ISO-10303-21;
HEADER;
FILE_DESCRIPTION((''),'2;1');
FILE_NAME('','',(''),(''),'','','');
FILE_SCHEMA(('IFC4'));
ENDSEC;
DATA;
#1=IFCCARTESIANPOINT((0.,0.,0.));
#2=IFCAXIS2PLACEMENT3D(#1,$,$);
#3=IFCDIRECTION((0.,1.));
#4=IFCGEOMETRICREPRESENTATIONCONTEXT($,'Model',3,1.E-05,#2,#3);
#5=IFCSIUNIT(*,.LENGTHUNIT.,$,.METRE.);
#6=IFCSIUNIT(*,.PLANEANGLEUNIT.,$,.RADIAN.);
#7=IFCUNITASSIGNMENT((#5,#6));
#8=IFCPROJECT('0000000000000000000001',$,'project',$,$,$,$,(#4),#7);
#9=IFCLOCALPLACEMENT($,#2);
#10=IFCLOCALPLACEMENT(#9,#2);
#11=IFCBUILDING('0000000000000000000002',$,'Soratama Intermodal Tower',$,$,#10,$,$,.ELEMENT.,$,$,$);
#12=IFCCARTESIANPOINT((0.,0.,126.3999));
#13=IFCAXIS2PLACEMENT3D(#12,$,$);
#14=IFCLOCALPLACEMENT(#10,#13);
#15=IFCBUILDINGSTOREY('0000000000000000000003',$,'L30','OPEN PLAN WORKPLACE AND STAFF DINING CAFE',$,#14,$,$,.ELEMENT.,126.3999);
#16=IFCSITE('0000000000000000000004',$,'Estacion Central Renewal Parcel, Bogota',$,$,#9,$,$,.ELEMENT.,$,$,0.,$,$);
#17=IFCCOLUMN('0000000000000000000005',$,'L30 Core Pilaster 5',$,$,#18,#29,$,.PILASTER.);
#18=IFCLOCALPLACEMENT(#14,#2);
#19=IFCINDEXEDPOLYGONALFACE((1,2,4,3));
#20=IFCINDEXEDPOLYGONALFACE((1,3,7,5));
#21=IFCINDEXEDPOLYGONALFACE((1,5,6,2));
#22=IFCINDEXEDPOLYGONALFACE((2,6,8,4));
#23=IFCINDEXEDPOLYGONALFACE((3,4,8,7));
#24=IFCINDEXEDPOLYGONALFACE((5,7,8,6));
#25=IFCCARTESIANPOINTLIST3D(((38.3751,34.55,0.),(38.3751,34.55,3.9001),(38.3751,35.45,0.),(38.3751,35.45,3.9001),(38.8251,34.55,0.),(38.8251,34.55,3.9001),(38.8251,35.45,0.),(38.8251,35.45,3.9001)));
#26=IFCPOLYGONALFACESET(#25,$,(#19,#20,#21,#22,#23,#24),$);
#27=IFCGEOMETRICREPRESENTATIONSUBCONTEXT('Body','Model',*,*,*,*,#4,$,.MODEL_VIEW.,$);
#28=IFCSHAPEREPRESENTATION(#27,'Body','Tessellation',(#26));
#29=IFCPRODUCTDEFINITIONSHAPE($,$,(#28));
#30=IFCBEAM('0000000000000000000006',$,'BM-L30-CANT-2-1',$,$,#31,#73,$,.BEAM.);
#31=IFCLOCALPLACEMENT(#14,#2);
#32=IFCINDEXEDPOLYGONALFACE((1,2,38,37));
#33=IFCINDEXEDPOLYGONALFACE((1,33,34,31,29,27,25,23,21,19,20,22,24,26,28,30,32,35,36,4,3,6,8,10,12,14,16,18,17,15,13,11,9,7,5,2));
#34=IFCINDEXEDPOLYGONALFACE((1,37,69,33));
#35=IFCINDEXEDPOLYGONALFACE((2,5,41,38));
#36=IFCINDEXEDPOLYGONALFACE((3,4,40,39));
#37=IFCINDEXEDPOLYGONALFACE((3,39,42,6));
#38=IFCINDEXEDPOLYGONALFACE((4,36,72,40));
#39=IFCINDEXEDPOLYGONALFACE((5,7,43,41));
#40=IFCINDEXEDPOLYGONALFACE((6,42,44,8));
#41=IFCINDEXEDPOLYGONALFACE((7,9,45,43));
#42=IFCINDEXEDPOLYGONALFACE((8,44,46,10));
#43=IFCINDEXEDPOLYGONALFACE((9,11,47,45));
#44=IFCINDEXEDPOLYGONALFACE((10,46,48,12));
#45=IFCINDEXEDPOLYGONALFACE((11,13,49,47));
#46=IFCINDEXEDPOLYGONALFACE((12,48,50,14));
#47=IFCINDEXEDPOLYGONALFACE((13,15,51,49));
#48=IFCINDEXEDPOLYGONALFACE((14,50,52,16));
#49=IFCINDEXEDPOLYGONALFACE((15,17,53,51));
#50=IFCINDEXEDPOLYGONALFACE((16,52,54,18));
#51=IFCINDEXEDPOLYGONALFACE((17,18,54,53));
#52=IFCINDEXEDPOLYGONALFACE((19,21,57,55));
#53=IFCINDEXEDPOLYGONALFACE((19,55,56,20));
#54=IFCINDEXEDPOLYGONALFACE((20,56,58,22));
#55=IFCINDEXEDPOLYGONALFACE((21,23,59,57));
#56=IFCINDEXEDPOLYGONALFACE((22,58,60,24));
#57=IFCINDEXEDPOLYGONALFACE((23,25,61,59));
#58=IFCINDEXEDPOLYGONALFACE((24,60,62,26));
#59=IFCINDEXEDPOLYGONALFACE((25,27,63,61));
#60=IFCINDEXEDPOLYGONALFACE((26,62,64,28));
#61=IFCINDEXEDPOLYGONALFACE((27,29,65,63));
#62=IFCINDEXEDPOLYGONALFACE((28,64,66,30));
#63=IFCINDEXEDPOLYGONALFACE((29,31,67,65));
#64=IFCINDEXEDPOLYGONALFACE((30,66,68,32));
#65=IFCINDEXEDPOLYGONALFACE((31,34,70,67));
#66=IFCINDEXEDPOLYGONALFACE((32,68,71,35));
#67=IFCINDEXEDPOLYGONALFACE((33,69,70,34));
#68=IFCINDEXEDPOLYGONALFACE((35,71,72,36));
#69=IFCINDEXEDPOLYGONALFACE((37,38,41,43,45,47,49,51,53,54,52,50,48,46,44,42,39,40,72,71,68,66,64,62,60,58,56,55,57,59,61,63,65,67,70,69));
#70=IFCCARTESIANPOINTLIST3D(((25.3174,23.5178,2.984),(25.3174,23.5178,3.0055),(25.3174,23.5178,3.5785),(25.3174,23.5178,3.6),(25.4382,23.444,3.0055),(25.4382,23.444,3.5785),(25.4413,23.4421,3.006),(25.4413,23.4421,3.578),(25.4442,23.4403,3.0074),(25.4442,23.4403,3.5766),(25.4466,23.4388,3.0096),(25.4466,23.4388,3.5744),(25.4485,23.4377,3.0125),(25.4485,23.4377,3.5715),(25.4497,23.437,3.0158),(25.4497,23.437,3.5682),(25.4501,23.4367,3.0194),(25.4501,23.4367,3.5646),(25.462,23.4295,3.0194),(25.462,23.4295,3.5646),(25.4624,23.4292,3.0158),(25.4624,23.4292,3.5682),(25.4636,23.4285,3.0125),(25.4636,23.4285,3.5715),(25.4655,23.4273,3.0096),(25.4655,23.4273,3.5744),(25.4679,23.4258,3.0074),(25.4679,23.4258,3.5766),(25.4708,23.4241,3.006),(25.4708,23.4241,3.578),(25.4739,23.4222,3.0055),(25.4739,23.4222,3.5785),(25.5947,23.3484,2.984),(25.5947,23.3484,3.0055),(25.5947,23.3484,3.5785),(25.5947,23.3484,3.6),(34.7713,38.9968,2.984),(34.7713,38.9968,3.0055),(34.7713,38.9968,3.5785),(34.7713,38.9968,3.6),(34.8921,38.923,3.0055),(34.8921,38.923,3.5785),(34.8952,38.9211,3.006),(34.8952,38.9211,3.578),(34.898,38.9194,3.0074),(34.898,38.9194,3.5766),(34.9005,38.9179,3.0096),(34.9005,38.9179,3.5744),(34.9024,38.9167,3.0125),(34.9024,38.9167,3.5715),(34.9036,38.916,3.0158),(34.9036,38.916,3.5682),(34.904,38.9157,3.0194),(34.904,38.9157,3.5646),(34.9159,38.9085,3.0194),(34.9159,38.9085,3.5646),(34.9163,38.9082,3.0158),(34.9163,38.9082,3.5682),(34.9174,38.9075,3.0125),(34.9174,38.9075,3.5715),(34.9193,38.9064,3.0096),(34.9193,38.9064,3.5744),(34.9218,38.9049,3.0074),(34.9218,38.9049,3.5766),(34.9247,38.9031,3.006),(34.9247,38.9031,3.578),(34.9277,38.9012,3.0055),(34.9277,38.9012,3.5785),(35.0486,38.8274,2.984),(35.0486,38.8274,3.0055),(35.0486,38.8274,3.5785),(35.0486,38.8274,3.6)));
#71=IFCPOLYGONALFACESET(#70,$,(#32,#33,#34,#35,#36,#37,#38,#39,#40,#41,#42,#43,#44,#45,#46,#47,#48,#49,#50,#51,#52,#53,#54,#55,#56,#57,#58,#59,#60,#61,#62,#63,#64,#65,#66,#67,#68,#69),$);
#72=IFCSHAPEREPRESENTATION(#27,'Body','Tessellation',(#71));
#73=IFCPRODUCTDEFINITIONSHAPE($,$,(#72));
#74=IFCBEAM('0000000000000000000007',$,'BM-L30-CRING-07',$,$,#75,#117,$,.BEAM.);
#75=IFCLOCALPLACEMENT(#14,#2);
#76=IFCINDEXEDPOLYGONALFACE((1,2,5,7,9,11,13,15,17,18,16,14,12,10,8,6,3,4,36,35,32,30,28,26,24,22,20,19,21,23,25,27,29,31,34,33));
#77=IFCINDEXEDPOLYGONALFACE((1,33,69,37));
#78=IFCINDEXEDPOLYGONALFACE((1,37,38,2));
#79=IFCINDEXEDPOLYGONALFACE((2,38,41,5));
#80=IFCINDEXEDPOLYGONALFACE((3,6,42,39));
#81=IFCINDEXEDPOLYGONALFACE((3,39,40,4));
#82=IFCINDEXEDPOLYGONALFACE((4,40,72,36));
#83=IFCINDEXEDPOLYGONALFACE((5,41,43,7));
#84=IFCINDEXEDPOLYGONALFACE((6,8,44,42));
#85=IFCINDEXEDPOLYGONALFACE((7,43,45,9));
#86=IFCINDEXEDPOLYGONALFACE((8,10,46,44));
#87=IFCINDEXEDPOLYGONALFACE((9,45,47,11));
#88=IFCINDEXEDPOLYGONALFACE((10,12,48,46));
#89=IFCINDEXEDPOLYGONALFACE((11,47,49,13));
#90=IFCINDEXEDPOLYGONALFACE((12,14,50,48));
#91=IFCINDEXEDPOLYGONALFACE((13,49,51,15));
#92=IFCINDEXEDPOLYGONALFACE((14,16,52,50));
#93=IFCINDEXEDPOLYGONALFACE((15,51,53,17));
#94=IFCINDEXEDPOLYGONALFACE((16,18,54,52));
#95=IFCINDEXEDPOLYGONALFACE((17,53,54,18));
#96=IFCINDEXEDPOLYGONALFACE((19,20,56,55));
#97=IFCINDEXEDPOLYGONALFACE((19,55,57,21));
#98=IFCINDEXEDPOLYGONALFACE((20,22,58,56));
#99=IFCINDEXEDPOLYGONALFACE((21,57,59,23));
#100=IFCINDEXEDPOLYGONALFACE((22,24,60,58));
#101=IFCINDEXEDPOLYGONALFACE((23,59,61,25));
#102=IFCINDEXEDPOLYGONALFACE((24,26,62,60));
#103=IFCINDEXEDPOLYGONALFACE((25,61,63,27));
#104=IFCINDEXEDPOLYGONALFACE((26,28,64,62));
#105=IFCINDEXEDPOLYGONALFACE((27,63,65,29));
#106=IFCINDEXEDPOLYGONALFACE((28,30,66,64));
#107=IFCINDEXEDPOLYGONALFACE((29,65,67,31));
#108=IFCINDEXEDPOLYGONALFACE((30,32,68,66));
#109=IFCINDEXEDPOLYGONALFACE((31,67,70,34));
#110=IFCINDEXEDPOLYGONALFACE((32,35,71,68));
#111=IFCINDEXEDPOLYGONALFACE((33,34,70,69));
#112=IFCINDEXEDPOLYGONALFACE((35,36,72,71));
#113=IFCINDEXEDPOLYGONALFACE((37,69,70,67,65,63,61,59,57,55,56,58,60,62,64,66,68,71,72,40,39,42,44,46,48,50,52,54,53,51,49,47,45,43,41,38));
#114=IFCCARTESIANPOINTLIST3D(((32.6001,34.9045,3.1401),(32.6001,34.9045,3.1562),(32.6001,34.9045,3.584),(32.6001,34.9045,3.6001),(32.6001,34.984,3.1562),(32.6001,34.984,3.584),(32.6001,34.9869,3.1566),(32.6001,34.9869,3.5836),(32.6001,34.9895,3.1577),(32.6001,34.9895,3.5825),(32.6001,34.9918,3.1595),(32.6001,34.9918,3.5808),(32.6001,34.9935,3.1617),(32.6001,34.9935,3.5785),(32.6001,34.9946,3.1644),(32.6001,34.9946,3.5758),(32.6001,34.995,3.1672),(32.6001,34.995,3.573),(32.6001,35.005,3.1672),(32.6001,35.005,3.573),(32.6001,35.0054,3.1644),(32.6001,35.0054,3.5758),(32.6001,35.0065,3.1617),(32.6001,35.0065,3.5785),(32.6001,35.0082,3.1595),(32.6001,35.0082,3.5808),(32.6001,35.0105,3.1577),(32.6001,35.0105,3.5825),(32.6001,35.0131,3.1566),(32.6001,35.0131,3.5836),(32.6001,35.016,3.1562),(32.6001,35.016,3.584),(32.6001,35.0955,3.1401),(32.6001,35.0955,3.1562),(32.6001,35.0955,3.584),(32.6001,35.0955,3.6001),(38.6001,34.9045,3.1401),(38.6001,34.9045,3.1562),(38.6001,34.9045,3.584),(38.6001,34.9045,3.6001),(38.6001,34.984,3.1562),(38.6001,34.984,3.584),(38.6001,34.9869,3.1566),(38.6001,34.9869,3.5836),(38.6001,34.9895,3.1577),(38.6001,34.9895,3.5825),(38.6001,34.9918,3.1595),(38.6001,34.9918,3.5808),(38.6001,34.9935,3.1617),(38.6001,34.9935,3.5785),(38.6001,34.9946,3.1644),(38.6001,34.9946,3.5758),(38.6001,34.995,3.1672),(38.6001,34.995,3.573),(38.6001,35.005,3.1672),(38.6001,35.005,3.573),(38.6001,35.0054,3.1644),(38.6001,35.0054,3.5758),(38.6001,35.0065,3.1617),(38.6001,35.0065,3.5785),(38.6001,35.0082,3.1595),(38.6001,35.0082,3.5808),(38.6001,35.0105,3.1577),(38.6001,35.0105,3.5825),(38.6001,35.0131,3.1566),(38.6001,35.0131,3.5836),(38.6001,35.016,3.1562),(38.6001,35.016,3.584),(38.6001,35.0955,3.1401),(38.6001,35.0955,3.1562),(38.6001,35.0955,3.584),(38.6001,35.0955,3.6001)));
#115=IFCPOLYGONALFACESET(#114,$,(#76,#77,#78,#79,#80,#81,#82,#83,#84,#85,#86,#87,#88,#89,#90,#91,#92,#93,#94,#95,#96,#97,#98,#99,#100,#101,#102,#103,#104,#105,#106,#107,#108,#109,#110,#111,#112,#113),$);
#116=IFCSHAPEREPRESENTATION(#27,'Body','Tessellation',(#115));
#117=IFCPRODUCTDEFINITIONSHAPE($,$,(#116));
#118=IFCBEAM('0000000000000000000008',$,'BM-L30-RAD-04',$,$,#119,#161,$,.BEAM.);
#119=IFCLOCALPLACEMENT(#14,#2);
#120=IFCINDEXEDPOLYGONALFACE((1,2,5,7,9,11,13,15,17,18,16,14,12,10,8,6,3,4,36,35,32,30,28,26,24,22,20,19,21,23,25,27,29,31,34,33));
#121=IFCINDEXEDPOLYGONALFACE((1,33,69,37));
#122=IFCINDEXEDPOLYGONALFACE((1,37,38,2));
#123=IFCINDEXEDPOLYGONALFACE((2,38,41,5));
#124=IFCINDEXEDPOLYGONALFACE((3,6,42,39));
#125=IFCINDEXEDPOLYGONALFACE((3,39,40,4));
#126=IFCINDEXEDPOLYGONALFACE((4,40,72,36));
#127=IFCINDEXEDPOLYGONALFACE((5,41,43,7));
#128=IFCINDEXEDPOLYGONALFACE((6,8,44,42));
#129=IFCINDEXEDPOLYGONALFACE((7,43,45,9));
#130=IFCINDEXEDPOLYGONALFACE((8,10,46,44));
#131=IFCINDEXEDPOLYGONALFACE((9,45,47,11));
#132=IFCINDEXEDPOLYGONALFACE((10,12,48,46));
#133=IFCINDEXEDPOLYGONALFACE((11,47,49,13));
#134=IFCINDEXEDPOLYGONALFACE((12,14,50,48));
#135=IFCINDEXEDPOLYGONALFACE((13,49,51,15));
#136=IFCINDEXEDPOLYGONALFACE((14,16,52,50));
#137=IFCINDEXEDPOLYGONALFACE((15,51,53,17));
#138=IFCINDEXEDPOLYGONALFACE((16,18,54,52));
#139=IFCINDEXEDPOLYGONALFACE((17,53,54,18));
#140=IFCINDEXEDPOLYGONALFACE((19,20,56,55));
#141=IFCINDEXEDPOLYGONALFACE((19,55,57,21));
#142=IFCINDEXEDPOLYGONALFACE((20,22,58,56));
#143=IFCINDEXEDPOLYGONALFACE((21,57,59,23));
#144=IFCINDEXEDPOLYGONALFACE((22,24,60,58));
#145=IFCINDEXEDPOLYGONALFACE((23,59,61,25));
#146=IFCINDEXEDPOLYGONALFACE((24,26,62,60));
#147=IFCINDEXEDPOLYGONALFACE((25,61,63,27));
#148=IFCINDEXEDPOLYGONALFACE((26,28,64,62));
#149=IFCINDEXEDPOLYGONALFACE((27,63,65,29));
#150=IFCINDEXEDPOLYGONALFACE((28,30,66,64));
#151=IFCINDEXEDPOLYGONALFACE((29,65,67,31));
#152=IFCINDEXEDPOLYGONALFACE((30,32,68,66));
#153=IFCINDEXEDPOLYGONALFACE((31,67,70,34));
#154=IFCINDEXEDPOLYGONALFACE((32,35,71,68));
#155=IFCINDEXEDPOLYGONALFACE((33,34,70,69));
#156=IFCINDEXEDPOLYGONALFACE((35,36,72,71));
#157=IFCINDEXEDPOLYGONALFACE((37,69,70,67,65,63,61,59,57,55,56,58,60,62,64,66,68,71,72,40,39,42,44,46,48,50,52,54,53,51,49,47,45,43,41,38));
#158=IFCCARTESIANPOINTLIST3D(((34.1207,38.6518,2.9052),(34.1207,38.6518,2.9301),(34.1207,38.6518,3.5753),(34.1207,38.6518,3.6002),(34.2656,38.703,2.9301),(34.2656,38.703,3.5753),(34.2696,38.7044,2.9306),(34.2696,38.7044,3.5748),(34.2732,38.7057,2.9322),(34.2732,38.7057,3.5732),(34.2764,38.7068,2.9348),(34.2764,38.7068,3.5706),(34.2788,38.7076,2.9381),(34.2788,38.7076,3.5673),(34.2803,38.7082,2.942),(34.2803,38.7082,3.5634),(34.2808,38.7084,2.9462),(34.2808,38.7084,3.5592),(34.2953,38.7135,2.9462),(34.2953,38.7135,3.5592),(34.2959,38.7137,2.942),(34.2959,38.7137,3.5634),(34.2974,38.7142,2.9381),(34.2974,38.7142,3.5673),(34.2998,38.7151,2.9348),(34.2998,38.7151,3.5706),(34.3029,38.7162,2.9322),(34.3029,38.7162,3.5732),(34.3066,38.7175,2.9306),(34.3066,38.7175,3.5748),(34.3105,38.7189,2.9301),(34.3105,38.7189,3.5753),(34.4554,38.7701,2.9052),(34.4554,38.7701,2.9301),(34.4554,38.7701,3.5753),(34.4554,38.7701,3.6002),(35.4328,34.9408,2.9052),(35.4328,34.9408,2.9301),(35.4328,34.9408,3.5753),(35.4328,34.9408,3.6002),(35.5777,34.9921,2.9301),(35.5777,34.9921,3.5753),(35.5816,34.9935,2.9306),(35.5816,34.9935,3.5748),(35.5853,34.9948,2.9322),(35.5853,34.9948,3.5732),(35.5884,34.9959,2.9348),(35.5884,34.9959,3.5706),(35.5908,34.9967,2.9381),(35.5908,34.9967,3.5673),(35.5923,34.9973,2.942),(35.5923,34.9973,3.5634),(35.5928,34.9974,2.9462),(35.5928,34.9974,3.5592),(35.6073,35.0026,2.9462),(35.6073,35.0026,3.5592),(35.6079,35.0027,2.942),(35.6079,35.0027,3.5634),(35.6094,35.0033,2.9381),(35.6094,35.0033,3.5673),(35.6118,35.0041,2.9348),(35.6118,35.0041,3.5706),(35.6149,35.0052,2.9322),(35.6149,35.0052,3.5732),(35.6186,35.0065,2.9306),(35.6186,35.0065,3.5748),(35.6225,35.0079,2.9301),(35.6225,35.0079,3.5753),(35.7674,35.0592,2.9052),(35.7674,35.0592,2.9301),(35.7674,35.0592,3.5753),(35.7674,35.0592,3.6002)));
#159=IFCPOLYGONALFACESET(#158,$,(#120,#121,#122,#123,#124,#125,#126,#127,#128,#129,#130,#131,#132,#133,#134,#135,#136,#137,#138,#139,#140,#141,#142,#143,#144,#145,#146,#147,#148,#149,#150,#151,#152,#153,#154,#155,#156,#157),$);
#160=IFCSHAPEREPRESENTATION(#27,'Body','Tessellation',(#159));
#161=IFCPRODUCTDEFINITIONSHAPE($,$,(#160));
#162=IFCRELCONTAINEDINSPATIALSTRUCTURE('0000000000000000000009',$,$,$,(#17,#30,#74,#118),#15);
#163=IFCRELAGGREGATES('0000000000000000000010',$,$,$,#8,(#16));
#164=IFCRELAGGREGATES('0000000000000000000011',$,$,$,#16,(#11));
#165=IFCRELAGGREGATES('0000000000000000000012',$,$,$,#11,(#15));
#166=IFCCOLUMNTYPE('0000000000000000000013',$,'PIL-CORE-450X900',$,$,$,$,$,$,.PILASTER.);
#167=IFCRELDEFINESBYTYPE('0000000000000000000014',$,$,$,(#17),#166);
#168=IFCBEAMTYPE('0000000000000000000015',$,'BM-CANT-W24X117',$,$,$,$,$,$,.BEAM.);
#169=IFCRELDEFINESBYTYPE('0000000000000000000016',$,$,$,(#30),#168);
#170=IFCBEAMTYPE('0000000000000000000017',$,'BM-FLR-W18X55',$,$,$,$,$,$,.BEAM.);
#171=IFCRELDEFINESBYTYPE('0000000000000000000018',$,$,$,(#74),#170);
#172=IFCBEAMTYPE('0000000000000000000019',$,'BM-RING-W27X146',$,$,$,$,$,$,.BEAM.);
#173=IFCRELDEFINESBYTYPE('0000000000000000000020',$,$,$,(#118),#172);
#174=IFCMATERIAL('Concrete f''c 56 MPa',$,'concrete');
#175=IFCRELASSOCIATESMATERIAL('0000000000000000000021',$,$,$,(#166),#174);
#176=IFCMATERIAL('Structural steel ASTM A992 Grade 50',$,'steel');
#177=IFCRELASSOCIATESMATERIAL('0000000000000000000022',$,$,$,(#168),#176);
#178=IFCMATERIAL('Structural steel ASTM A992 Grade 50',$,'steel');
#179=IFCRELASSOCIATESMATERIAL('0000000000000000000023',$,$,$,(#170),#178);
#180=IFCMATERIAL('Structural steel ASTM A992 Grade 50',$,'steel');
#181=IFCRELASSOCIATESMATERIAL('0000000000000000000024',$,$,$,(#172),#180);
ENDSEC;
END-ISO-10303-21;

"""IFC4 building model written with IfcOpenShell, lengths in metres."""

from ifc_helpers import new_model, si_unit, direction, frame, origin, origin_2d, place, context, subcontext, project, spatial, rectangle, i_section, extrude, material, material_profile, profile_set, type_object, element, save


model = new_model("IFC4")

# Units and contexts
model_context = context("Model", 3, precision=1e-05, world=origin(), true_north=direction((0.0, 1.0)))
body_context = subcontext(model_context, "Body", "Model", "MODEL_VIEW")
ifc_project = project(units=[si_unit("LENGTHUNIT", "METRE"), si_unit("PLANEANGLEUNIT", "RADIAN")], contexts=[model_context])

# Site, building, storey
site_placement = place(None, origin())
site = spatial("IfcSite", under=ifc_project, at=site_placement, Name="Estacion Central Renewal Parcel, Bogota", CompositionType="ELEMENT", RefElevation=0.0)
building_placement = place(site_placement, origin())
building = spatial("IfcBuilding", under=site, at=building_placement, Name="Soratama Intermodal Tower", CompositionType="ELEMENT")
storey_placement = place(building_placement, frame((0.0, 0.0, 126.3999)))
storey = spatial("IfcBuildingStorey", under=building, at=storey_placement, Name="L30", Description="OPEN PLAN WORKPLACE AND STAFF DINING CAFE", CompositionType="ELEMENT", Elevation=126.3999)

# Column
ifc_material_1 = material(Name="Concrete f'c 56 MPa", Category="concrete")
ifc_material_profile_1 = material_profile(ifc_material_1, rectangle(XDim=0.45, YDim=0.8999, at=origin_2d()), Name="RC450X900")
ifc_profile_set_1 = profile_set([ifc_material_profile_1], Name="Concrete f'c 56 MPa")
column_type = type_object("IfcColumnType", Name="PIL-CORE-450X900", PredefinedType="PILASTER", material=ifc_profile_set_1)
column_placement = place(storey_placement, frame((38.6001, 35.0, 0.0), z_axis=(0.0, 0.0, 1.0), x_axis=(1.0, 0.0, 0.0)))
element("IfcColumn", 1, at=column_placement, inside=storey, type_object=column_type, Name="L30 Core Pilaster 5", PredefinedType="PILASTER", context=body_context, shape_type="SweptSolid", body=[
    extrude(rectangle(XDim=0.45, YDim=0.8999, at=origin_2d()), origin(), (0.0, 0.0, 1.0), 3.9001),
])

# Beams
ifc_material_2 = material(Name="Structural steel ASTM A992 Grade 50", Category="steel")
ifc_material_profile_2 = material_profile(ifc_material_2, i_section(OverallWidth=0.325, OverallDepth=0.616, WebThickness=0.0139, FlangeThickness=0.0215, FilletRadius=0.0139, at=origin_2d()), Name="W24X117")
ifc_profile_set_2 = profile_set([ifc_material_profile_2], Name="Structural steel ASTM A992 Grade 50")
beam_type_1 = type_object("IfcBeamType", Name="BM-CANT-W24X117", PredefinedType="BEAM", material=ifc_profile_set_2)
beam_1_placement = place(storey_placement, frame((34.9099, 38.9121, 3.292), z_axis=(-0.521228, -0.853418, 0.0), x_axis=(0.853418, -0.521228, 0.0)))
element("IfcBeam", 2, at=beam_1_placement, inside=storey, type_object=beam_type_1, Name="BM-L30-CANT-2-1", PredefinedType="BEAM", context=body_context, shape_type="SweptSolid", body=[
    extrude(i_section(OverallWidth=0.325, OverallDepth=0.616, WebThickness=0.0139, FlangeThickness=0.0215, FilletRadius=0.0139, at=origin_2d()), origin(), (0.0, 0.0, 1.0), 18.1377),
])
ifc_material_3 = material(Name="Structural steel ASTM A992 Grade 50", Category="steel")
ifc_material_profile_3 = material_profile(ifc_material_3, i_section(OverallWidth=0.1909, OverallDepth=0.46, WebThickness=0.01, FlangeThickness=0.0161, FilletRadius=0.011, at=origin_2d()), Name="W18X55")
ifc_profile_set_3 = profile_set([ifc_material_profile_3], Name="Structural steel ASTM A992 Grade 50")
beam_type_2 = type_object("IfcBeamType", Name="BM-FLR-W18X55", PredefinedType="BEAM", material=ifc_profile_set_3)
beam_2_placement = place(storey_placement, frame((38.6001, 35.0, 3.3701), z_axis=(-1.0, 0.0, 0.0), x_axis=(0.0, -1.0, 0.0)))
element("IfcBeam", 3, at=beam_2_placement, inside=storey, type_object=beam_type_2, Name="BM-L30-CRING-07", PredefinedType="BEAM", context=body_context, shape_type="SweptSolid", body=[
    extrude(i_section(OverallWidth=0.1909, OverallDepth=0.46, WebThickness=0.01, FlangeThickness=0.0161, FilletRadius=0.011, at=origin_2d()), origin(), (0.0, 0.0, 1.0), 6.0),
])
ifc_material_4 = material(Name="Structural steel ASTM A992 Grade 50", Category="steel")
ifc_material_profile_4 = material_profile(ifc_material_4, i_section(OverallWidth=0.355, OverallDepth=0.6951, WebThickness=0.0154, FlangeThickness=0.0249, FilletRadius=0.0161, at=origin_2d()), Name="W27X146")
ifc_profile_set_4 = profile_set([ifc_material_profile_4], Name="Structural steel ASTM A992 Grade 50")
beam_type_3 = type_object("IfcBeamType", Name="BM-RING-W27X146", PredefinedType="BEAM", material=ifc_profile_set_4)
beam_3_placement = place(storey_placement, frame((35.6001, 35.0, 3.2527), z_axis=(-0.333333, 0.942809, 0.0), x_axis=(-0.942809, -0.333333, 0.0)))
element("IfcBeam", 4, at=beam_3_placement, inside=storey, type_object=beam_type_3, Name="BM-L30-RAD-04", PredefinedType="BEAM", context=body_context, shape_type="SweptSolid", body=[
    extrude(i_section(OverallWidth=0.355, OverallDepth=0.6951, WebThickness=0.0154, FlangeThickness=0.0249, FilletRadius=0.0161, at=origin_2d()), origin(), (0.0, 0.0, 1.0), 3.936),
])

save(model, "model.ifc")
